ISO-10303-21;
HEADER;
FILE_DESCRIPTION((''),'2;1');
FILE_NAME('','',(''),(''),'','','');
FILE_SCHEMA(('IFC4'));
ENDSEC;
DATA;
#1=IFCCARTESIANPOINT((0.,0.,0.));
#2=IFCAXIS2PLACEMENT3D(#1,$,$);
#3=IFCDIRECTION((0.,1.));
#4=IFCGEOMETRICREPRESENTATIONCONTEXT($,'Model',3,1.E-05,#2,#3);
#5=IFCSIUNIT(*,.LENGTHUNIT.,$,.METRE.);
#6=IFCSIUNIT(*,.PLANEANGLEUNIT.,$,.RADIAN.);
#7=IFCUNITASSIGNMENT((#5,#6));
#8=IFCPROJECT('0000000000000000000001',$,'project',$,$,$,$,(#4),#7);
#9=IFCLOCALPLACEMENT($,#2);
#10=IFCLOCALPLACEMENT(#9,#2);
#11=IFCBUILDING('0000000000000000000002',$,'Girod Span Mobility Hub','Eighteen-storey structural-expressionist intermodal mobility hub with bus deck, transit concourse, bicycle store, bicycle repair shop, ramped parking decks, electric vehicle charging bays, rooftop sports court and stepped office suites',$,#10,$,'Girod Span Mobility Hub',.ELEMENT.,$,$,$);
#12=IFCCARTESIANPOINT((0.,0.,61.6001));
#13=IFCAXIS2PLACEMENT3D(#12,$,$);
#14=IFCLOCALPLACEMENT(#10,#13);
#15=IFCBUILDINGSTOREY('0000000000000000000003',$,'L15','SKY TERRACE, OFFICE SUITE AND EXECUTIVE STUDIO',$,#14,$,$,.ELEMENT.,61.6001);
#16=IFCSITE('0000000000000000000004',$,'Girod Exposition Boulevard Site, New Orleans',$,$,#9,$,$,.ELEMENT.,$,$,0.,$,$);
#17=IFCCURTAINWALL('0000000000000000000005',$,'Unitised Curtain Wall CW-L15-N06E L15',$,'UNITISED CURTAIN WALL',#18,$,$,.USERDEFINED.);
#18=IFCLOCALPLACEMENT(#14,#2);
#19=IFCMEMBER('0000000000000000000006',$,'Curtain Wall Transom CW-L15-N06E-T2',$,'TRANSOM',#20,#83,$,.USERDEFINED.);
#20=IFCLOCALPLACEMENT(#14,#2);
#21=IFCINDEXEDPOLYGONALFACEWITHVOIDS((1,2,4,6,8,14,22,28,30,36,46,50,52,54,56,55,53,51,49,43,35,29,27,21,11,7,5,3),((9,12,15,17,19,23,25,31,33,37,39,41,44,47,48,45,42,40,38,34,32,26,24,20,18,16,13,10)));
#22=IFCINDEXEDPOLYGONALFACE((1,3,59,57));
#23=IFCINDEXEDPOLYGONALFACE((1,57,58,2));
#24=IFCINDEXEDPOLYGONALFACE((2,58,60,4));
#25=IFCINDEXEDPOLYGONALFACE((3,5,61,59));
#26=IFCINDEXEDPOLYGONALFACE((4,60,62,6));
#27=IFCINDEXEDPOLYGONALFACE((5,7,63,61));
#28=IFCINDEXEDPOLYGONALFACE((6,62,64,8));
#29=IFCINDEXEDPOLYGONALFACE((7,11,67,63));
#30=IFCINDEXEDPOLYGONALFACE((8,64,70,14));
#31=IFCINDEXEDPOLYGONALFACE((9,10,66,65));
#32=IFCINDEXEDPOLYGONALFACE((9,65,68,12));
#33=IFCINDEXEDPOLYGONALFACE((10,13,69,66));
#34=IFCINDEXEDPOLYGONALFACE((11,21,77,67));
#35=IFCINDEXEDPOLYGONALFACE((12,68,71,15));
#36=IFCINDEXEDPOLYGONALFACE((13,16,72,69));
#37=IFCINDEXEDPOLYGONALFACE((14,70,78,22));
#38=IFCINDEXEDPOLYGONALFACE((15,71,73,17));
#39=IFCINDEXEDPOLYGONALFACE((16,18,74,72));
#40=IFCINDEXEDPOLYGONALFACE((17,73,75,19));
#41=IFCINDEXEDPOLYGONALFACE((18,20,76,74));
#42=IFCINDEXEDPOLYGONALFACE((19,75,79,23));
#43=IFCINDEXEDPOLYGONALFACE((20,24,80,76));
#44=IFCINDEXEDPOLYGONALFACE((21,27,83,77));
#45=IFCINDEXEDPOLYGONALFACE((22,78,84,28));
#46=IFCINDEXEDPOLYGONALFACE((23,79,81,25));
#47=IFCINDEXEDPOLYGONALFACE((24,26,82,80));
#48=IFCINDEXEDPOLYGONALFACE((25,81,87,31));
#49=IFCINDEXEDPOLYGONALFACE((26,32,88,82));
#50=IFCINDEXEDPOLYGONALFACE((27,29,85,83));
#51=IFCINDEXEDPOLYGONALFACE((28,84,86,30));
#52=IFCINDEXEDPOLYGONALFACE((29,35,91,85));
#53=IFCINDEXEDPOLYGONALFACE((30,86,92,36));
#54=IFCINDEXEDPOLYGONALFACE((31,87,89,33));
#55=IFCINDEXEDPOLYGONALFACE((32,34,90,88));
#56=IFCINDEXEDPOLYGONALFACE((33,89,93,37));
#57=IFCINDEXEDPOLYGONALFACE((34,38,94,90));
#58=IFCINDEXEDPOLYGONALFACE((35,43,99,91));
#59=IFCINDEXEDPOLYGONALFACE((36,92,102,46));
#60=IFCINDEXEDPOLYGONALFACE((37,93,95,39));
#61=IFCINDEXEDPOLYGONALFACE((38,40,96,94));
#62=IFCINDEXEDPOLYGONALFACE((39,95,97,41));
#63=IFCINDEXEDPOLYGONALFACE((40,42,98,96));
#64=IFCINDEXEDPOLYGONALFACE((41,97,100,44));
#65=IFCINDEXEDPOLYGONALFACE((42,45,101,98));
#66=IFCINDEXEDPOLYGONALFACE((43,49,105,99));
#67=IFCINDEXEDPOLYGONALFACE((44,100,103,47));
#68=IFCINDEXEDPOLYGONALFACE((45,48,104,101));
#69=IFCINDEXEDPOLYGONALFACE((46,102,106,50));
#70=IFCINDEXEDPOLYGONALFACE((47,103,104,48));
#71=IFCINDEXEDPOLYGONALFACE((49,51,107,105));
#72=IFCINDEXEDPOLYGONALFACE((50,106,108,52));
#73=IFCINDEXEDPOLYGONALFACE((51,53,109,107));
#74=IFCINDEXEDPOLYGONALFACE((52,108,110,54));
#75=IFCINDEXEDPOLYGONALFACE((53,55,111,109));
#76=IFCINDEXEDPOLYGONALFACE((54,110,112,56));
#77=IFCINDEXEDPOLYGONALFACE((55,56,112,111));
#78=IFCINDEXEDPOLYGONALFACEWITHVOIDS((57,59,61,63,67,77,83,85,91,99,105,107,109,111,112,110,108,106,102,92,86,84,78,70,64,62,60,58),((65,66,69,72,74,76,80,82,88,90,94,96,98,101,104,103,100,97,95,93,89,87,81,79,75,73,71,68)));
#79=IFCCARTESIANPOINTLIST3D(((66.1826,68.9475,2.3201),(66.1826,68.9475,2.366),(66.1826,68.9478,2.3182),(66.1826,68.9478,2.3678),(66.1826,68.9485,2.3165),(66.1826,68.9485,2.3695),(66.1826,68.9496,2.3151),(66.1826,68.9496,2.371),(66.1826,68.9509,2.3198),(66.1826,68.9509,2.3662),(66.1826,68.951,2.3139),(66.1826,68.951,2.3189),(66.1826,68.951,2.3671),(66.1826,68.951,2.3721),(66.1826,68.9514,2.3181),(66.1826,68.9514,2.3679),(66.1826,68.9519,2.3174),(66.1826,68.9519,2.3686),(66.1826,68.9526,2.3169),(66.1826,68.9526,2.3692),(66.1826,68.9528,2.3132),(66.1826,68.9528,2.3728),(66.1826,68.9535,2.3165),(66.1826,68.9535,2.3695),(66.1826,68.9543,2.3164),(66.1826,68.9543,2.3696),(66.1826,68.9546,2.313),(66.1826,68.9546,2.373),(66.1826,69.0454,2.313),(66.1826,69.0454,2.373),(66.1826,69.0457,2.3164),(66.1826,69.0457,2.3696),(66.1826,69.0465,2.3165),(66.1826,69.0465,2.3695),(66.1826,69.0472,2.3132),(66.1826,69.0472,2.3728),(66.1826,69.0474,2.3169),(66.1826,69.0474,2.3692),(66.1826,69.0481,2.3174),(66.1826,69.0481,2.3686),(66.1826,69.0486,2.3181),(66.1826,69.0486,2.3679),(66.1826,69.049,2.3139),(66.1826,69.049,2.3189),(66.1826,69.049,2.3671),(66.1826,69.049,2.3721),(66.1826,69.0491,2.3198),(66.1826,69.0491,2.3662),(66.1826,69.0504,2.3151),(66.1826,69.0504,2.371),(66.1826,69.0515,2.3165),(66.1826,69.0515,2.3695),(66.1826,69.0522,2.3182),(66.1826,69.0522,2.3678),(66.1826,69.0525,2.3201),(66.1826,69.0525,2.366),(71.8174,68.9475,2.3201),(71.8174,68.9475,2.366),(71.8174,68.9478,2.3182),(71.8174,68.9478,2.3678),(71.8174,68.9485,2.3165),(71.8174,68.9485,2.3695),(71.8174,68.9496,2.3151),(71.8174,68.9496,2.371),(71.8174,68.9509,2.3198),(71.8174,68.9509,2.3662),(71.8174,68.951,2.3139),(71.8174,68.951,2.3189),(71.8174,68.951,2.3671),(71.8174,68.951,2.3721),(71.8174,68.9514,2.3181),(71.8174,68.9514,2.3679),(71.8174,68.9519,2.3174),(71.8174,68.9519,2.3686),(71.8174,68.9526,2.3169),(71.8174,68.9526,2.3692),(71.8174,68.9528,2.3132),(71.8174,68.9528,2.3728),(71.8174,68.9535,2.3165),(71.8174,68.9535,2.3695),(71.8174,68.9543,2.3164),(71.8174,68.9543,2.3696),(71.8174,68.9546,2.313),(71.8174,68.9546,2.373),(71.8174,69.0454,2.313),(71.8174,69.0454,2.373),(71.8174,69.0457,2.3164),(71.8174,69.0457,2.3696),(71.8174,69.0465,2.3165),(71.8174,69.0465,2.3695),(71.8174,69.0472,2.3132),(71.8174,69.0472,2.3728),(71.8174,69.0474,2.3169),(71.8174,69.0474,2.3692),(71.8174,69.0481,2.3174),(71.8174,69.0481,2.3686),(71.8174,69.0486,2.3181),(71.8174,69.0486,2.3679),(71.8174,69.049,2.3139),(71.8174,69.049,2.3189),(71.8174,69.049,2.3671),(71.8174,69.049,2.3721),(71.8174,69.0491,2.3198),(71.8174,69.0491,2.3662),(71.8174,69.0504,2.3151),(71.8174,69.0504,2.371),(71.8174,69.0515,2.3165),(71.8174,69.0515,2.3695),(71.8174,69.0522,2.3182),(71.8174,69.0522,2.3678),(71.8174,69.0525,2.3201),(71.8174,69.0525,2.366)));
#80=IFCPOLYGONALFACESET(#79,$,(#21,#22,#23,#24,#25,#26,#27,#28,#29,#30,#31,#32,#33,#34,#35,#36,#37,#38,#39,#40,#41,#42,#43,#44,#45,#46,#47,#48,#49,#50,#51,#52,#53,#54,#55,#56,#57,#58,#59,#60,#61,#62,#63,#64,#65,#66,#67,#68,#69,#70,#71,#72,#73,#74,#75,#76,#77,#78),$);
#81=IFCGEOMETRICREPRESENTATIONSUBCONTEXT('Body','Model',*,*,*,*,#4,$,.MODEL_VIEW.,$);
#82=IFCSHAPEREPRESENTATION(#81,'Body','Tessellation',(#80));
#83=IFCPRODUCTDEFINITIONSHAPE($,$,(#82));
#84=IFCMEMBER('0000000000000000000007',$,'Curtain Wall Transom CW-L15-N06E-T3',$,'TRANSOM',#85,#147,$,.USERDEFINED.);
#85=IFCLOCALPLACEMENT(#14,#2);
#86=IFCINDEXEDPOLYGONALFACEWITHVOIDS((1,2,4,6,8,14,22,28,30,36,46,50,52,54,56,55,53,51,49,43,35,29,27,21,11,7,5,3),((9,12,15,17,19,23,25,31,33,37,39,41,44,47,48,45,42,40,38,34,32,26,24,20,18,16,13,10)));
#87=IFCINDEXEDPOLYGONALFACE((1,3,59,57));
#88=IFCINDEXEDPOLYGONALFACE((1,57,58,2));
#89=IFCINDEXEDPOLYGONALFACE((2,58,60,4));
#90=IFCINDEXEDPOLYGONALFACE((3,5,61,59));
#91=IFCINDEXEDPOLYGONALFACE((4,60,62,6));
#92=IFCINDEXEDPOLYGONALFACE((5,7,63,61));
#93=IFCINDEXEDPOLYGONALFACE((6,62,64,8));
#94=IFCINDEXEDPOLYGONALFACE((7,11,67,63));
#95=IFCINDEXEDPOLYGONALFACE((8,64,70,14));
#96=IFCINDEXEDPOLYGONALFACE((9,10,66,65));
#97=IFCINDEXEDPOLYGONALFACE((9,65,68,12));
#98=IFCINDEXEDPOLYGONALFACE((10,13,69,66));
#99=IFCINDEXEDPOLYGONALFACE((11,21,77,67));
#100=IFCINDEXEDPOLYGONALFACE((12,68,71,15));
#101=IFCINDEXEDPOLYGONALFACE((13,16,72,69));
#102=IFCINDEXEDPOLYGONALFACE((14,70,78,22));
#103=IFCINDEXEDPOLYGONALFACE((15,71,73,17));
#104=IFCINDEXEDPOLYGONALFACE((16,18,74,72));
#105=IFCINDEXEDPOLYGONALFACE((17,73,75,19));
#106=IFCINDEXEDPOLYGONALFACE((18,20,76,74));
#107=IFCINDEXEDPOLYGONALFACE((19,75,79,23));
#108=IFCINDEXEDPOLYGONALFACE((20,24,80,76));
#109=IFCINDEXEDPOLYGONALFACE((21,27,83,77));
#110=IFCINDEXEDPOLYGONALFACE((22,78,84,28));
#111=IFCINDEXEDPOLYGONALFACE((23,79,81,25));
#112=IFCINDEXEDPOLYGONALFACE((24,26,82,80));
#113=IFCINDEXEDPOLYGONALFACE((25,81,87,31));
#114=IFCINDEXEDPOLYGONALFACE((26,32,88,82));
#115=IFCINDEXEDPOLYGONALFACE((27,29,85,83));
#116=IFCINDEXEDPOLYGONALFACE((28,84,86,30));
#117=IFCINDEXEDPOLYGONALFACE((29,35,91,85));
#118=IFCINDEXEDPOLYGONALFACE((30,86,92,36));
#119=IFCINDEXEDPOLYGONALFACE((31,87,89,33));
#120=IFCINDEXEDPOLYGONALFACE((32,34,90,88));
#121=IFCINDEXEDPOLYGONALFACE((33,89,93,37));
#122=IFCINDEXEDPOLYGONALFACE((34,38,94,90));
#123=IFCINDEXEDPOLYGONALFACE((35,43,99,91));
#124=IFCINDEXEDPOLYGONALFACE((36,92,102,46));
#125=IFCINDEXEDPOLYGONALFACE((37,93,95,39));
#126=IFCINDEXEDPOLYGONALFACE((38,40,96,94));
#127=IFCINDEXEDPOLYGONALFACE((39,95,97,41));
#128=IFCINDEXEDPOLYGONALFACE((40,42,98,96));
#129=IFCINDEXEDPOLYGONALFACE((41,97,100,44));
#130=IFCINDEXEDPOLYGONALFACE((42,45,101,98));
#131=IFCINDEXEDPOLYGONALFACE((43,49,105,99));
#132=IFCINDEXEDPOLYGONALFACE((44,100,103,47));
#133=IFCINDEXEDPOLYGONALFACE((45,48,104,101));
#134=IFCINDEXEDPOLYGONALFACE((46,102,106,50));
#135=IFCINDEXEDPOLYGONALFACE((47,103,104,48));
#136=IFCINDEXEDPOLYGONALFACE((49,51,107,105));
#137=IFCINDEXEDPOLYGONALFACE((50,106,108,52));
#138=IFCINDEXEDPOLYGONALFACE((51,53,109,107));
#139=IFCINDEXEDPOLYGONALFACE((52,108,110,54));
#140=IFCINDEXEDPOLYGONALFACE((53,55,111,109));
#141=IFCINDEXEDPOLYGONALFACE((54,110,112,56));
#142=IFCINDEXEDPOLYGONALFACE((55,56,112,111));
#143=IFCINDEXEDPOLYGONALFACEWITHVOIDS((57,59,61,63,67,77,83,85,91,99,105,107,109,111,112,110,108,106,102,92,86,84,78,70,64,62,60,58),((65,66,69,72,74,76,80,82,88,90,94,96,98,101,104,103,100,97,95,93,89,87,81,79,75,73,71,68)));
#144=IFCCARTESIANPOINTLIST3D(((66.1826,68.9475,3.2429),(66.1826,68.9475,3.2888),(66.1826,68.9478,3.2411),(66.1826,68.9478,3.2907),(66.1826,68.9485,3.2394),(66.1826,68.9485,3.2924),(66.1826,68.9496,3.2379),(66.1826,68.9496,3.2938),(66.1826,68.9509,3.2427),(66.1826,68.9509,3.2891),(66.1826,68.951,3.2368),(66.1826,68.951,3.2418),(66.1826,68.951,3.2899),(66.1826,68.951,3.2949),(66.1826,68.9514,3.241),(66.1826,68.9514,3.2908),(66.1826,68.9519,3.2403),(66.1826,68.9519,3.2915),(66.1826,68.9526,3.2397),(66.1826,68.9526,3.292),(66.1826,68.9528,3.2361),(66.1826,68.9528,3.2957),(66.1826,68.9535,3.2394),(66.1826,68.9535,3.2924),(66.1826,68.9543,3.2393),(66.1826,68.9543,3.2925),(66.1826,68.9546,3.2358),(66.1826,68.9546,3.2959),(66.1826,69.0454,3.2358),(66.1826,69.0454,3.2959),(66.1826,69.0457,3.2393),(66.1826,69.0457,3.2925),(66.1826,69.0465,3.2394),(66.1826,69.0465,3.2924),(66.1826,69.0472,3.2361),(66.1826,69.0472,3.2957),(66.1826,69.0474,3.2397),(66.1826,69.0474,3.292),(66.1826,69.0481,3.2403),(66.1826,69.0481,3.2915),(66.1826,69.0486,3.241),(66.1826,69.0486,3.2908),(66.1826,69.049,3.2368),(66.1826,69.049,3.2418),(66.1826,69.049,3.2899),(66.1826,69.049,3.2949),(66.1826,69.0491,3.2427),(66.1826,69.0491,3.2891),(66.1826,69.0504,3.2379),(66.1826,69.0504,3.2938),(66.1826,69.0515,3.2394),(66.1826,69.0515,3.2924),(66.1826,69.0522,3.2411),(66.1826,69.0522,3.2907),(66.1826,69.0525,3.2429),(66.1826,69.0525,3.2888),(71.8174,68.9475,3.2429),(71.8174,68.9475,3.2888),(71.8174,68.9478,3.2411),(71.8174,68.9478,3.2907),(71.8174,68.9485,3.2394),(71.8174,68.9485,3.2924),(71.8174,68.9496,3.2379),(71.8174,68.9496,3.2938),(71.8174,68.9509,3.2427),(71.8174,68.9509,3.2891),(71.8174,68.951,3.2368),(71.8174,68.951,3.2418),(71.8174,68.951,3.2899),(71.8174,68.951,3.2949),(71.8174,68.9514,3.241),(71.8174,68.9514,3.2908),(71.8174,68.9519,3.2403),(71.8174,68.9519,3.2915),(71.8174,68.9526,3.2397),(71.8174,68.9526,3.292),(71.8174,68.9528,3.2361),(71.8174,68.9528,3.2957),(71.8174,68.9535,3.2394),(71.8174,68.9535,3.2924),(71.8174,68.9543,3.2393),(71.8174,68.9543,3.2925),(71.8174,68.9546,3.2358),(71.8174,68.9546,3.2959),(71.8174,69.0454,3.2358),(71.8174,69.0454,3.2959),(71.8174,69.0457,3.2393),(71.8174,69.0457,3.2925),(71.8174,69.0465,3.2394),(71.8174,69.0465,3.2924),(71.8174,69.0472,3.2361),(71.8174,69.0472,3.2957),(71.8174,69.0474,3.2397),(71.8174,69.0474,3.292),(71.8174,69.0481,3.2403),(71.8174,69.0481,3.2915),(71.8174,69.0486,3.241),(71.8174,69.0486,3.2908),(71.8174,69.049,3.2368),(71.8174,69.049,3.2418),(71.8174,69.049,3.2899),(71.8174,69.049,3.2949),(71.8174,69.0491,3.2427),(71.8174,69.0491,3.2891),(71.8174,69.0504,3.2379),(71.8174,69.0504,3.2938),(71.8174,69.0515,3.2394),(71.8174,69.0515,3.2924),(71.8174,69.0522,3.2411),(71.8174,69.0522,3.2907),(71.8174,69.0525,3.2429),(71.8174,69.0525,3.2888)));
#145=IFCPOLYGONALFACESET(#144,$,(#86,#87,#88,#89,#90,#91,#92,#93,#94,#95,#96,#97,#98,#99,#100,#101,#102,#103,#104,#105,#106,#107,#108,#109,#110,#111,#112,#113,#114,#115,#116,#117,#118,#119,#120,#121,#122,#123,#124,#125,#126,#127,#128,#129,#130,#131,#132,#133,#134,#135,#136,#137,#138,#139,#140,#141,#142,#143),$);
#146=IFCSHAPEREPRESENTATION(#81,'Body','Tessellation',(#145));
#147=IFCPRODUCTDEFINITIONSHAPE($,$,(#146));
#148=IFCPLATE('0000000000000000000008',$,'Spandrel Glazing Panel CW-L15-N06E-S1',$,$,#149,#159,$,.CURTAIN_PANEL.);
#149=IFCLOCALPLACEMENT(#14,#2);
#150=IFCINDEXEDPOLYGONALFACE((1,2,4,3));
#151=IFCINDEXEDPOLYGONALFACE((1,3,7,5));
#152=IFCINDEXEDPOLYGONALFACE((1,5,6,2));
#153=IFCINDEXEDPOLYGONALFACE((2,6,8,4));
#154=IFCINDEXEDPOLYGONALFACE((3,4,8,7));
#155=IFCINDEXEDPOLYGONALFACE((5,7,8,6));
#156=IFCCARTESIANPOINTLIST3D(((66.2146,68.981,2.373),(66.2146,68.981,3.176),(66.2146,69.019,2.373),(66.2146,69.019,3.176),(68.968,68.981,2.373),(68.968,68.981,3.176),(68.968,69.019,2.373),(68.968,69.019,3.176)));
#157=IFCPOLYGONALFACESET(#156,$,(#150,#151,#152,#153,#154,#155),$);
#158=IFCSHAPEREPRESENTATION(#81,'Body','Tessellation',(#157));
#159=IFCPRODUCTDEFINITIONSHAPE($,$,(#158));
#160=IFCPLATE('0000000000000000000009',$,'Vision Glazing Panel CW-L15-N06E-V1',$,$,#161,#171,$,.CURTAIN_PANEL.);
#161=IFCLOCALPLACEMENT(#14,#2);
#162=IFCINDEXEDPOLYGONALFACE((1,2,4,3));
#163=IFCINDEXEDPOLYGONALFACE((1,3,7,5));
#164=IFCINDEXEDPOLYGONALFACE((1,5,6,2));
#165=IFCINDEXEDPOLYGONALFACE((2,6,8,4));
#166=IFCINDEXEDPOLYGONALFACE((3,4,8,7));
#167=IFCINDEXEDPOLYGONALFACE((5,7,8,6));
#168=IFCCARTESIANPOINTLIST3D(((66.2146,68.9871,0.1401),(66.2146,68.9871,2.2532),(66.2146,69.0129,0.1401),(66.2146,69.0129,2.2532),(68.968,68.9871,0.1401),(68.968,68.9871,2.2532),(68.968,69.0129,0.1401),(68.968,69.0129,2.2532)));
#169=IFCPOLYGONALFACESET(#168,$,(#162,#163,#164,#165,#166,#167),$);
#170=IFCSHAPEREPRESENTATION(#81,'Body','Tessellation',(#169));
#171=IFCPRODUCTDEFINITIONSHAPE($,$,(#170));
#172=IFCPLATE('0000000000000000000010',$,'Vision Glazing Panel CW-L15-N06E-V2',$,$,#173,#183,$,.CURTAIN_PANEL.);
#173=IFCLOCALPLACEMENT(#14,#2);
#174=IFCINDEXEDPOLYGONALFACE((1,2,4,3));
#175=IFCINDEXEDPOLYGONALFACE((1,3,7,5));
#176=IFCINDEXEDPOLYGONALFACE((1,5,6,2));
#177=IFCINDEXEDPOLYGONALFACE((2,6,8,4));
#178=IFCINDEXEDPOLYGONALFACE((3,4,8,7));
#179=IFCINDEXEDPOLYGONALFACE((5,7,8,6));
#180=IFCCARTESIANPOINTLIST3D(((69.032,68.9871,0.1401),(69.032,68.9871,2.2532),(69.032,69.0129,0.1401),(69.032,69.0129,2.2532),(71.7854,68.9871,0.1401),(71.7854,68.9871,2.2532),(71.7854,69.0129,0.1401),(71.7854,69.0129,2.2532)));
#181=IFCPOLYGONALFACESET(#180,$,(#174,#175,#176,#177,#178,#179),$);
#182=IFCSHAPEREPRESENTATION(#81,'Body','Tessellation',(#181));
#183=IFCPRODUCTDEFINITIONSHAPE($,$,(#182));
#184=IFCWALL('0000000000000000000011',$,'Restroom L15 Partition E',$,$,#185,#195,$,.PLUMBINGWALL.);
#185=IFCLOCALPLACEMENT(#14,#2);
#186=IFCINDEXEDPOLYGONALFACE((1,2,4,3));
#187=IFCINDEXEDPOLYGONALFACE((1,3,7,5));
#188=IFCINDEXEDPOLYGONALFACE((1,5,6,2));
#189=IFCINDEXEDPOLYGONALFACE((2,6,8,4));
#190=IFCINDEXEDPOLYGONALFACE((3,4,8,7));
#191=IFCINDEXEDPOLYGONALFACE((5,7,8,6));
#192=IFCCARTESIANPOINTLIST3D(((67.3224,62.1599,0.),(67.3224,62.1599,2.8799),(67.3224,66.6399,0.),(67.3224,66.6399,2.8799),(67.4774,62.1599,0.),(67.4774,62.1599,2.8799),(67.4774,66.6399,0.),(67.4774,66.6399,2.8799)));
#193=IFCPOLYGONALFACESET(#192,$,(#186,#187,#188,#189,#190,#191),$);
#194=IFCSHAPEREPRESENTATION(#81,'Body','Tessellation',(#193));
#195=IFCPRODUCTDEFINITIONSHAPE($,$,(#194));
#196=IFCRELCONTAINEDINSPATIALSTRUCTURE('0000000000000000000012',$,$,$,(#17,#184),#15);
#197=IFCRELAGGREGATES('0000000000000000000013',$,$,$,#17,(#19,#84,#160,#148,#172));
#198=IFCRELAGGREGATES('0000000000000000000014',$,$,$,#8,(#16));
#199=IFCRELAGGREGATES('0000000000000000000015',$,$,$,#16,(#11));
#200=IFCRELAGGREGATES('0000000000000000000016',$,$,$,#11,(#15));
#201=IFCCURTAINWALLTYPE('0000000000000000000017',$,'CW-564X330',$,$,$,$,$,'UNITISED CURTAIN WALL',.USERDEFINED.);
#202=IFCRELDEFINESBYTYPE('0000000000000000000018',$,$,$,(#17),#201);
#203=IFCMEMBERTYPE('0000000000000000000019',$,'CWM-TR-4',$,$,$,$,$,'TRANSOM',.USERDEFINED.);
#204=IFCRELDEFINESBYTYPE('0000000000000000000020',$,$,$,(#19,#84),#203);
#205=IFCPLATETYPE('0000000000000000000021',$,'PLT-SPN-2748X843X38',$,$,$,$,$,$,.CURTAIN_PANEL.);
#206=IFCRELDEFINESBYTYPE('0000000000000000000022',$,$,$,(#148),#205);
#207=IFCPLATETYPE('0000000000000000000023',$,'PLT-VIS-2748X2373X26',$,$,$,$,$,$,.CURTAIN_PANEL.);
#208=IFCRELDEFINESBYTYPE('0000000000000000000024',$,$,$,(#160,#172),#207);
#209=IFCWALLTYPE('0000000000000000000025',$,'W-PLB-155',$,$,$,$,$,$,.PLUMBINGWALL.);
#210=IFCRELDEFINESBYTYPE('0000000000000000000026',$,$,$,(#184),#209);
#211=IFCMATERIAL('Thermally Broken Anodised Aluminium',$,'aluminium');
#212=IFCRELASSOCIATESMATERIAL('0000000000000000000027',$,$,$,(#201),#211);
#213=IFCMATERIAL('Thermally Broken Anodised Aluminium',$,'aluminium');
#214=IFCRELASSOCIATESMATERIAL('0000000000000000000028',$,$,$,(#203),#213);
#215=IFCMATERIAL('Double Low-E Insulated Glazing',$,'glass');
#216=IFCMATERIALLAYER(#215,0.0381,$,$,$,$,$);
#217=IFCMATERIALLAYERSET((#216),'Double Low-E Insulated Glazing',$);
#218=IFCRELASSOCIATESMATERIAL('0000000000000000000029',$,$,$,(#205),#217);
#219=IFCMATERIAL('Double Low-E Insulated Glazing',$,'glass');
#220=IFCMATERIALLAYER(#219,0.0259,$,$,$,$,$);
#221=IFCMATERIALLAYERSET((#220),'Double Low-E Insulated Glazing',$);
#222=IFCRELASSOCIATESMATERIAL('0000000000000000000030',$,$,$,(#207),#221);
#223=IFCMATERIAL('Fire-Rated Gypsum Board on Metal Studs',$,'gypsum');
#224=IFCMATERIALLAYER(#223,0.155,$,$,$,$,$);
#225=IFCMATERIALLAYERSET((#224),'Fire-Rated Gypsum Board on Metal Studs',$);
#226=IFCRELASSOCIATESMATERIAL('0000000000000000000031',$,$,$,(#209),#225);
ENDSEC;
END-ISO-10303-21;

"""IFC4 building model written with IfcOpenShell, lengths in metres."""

from ifc_helpers import new_model, si_unit, direction, frame, frame_2d, origin, origin_2d, place, context, subcontext, project, spatial, rectangle, hollow_rectangle, extrude, material, layer, layer_set, material_profile, profile_set, type_object, element, aggregate, save


model = new_model("IFC4")

# Units and contexts
model_context = context("Model", 3, precision=1e-05, world=origin(), true_north=direction((0.0, 1.0)))
body_context = subcontext(model_context, "Body", "Model", "MODEL_VIEW")
ifc_project = project(units=[si_unit("LENGTHUNIT", "METRE"), si_unit("PLANEANGLEUNIT", "RADIAN")], contexts=[model_context])

# Site, building, storey
site_placement = place(None, origin())
site = spatial("IfcSite", under=ifc_project, at=site_placement, Name="Girod Exposition Boulevard Site, New Orleans", CompositionType="ELEMENT", RefElevation=0.0)
building_placement = place(site_placement, origin())
building = spatial("IfcBuilding", under=site, at=building_placement, Name="Girod Span Mobility Hub", Description="Eighteen-storey structural-expressionist intermodal mobility hub with bus deck, transit concourse, bicycle store, bicycle repair shop, ramped parking decks, electric vehicle charging bays, rooftop sports court and stepped office suites", LongName="Girod Span Mobility Hub", CompositionType="ELEMENT")
storey_placement = place(building_placement, frame((0.0, 0.0, 61.6001)))
storey = spatial("IfcBuildingStorey", under=building, at=storey_placement, Name="L15", Description="SKY TERRACE, OFFICE SUITE AND EXECUTIVE STUDIO", CompositionType="ELEMENT", Elevation=61.6001)

# Curtain wall, members, plates
ifc_material_1 = material(Name="Thermally Broken Anodised Aluminium", Category="aluminium")
curtain_wall_type = type_object("IfcCurtainWallType", Name="CW-564X330", ElementType="UNITISED CURTAIN WALL", PredefinedType="USERDEFINED", material=ifc_material_1)
curtain_wall_placement = place(storey_placement, origin())
curtain_wall = element("IfcCurtainWall", 1, at=curtain_wall_placement, inside=storey, type_object=curtain_wall_type, Name="Unitised Curtain Wall CW-L15-N06E L15", ObjectType="UNITISED CURTAIN WALL", PredefinedType="USERDEFINED")
ifc_material_2 = material(Name="Thermally Broken Anodised Aluminium", Category="aluminium")
ifc_material_profile_1 = material_profile(ifc_material_2, hollow_rectangle(XDim=0.105, YDim=0.0601, WallThickness=0.0034, InnerFilletRadius=0.0034, OuterFilletRadius=0.0071, at=origin_2d()), Name="CW-TR-60X105")
ifc_profile_set_1 = profile_set([ifc_material_profile_1], Name="Thermally Broken Anodised Aluminium")
member_type_1 = type_object("IfcMemberType", Name="CWM-TR-4", ElementType="TRANSOM", PredefinedType="USERDEFINED", material=ifc_profile_set_1)
member_1_placement = place(storey_placement, frame((66.1826, 69.0, 2.343), z_axis=(1.0, 0.0, 0.0), x_axis=(0.0, 1.0, 0.0)))
member_1 = element("IfcMember", 2, at=member_1_placement, type_object=member_type_1, Name="Curtain Wall Transom CW-L15-N06E-T2", ObjectType="TRANSOM", PredefinedType="USERDEFINED", context=body_context, shape_type="SweptSolid", body=[
    extrude(hollow_rectangle(XDim=0.105, YDim=0.0601, WallThickness=0.0034, InnerFilletRadius=0.0034, OuterFilletRadius=0.0071, at=origin_2d()), origin(), (0.0, 0.0, 1.0), 5.6348),
])
member_2_placement = place(storey_placement, frame((66.1826, 69.0, 3.2659), z_axis=(1.0, 0.0, 0.0), x_axis=(0.0, 1.0, 0.0)))
member_2 = element("IfcMember", 3, at=member_2_placement, type_object=member_type_1, Name="Curtain Wall Transom CW-L15-N06E-T3", ObjectType="TRANSOM", PredefinedType="USERDEFINED", context=body_context, shape_type="SweptSolid", body=[
    extrude(hollow_rectangle(XDim=0.105, YDim=0.0601, WallThickness=0.0034, InnerFilletRadius=0.0034, OuterFilletRadius=0.0071, at=origin_2d()), origin(), (0.0, 0.0, 1.0), 5.6348),
])
ifc_material_3 = material(Name="Double Low-E Insulated Glazing", Category="glass")
ifc_layer_1 = layer(ifc_material_3, 0.0381)
ifc_layer_set_1 = layer_set([ifc_layer_1], Name="Double Low-E Insulated Glazing")
plate_type_1 = type_object("IfcPlateType", Name="PLT-SPN-2748X843X38", PredefinedType="CURTAIN_PANEL", material=ifc_layer_set_1)
plate_1_placement = place(storey_placement, frame((67.5913, 69.0, 2.373), z_axis=(0.0, 0.0, 1.0), x_axis=(1.0, 0.0, 0.0)))
plate_1 = element("IfcPlate", 4, at=plate_1_placement, type_object=plate_type_1, Name="Spandrel Glazing Panel CW-L15-N06E-S1", PredefinedType="CURTAIN_PANEL", context=body_context, shape_type="SweptSolid", body=[
    extrude(rectangle(XDim=2.7534, YDim=0.0381, at=origin_2d()), origin(), (0.0, 0.0, 1.0), 0.803),
])
ifc_material_4 = material(Name="Double Low-E Insulated Glazing", Category="glass")
ifc_layer_2 = layer(ifc_material_4, 0.0259)
ifc_layer_set_2 = layer_set([ifc_layer_2], Name="Double Low-E Insulated Glazing")
plate_type_2 = type_object("IfcPlateType", Name="PLT-VIS-2748X2373X26", PredefinedType="CURTAIN_PANEL", material=ifc_layer_set_2)
plate_2_placement = place(storey_placement, frame((67.5913, 69.0, 0.1401), z_axis=(0.0, 0.0, 1.0), x_axis=(1.0, 0.0, 0.0)))
plate_2 = element("IfcPlate", 5, at=plate_2_placement, type_object=plate_type_2, Name="Vision Glazing Panel CW-L15-N06E-V1", PredefinedType="CURTAIN_PANEL", context=body_context, shape_type="SweptSolid", body=[
    extrude(rectangle(XDim=2.7534, YDim=0.0259, at=origin_2d()), origin(), (0.0, 0.0, 1.0), 2.113),
])
plate_3_placement = place(storey_placement, frame((70.4087, 69.0, 0.1401), z_axis=(0.0, 0.0, 1.0), x_axis=(1.0, 0.0, 0.0)))
plate_3 = element("IfcPlate", 6, at=plate_3_placement, type_object=plate_type_2, Name="Vision Glazing Panel CW-L15-N06E-V2", PredefinedType="CURTAIN_PANEL", context=body_context, shape_type="SweptSolid", body=[
    extrude(rectangle(XDim=2.7534, YDim=0.0259, at=origin_2d()), origin(), (0.0, 0.0, 1.0), 2.113),
])
aggregate(curtain_wall, [member_1, member_2, plate_2, plate_1, plate_3])

# Wall
ifc_material_5 = material(Name="Fire-Rated Gypsum Board on Metal Studs", Category="gypsum")
ifc_layer_3 = layer(ifc_material_5, 0.155)
ifc_layer_set_3 = layer_set([ifc_layer_3], Name="Fire-Rated Gypsum Board on Metal Studs")
wall_type = type_object("IfcWallType", Name="W-PLB-155", PredefinedType="PLUMBINGWALL", material=ifc_layer_set_3)
wall_1_placement = place(storey_placement, frame((67.3999, 62.1599, 0.0), z_axis=(0.0, 0.0, 1.0), x_axis=(0.0, 1.0, 0.0)))
element("IfcWall", 7, at=wall_1_placement, inside=storey, type_object=wall_type, Name="Restroom L15 Partition E", PredefinedType="PLUMBINGWALL", context=body_context, shape_type="SweptSolid", body=[
    extrude(rectangle(XDim=4.48, YDim=0.155, at=frame_2d((2.24, 0.0))), origin(), (0.0, 0.0, 1.0), 2.8799),
])

save(model, "model.ifc")
